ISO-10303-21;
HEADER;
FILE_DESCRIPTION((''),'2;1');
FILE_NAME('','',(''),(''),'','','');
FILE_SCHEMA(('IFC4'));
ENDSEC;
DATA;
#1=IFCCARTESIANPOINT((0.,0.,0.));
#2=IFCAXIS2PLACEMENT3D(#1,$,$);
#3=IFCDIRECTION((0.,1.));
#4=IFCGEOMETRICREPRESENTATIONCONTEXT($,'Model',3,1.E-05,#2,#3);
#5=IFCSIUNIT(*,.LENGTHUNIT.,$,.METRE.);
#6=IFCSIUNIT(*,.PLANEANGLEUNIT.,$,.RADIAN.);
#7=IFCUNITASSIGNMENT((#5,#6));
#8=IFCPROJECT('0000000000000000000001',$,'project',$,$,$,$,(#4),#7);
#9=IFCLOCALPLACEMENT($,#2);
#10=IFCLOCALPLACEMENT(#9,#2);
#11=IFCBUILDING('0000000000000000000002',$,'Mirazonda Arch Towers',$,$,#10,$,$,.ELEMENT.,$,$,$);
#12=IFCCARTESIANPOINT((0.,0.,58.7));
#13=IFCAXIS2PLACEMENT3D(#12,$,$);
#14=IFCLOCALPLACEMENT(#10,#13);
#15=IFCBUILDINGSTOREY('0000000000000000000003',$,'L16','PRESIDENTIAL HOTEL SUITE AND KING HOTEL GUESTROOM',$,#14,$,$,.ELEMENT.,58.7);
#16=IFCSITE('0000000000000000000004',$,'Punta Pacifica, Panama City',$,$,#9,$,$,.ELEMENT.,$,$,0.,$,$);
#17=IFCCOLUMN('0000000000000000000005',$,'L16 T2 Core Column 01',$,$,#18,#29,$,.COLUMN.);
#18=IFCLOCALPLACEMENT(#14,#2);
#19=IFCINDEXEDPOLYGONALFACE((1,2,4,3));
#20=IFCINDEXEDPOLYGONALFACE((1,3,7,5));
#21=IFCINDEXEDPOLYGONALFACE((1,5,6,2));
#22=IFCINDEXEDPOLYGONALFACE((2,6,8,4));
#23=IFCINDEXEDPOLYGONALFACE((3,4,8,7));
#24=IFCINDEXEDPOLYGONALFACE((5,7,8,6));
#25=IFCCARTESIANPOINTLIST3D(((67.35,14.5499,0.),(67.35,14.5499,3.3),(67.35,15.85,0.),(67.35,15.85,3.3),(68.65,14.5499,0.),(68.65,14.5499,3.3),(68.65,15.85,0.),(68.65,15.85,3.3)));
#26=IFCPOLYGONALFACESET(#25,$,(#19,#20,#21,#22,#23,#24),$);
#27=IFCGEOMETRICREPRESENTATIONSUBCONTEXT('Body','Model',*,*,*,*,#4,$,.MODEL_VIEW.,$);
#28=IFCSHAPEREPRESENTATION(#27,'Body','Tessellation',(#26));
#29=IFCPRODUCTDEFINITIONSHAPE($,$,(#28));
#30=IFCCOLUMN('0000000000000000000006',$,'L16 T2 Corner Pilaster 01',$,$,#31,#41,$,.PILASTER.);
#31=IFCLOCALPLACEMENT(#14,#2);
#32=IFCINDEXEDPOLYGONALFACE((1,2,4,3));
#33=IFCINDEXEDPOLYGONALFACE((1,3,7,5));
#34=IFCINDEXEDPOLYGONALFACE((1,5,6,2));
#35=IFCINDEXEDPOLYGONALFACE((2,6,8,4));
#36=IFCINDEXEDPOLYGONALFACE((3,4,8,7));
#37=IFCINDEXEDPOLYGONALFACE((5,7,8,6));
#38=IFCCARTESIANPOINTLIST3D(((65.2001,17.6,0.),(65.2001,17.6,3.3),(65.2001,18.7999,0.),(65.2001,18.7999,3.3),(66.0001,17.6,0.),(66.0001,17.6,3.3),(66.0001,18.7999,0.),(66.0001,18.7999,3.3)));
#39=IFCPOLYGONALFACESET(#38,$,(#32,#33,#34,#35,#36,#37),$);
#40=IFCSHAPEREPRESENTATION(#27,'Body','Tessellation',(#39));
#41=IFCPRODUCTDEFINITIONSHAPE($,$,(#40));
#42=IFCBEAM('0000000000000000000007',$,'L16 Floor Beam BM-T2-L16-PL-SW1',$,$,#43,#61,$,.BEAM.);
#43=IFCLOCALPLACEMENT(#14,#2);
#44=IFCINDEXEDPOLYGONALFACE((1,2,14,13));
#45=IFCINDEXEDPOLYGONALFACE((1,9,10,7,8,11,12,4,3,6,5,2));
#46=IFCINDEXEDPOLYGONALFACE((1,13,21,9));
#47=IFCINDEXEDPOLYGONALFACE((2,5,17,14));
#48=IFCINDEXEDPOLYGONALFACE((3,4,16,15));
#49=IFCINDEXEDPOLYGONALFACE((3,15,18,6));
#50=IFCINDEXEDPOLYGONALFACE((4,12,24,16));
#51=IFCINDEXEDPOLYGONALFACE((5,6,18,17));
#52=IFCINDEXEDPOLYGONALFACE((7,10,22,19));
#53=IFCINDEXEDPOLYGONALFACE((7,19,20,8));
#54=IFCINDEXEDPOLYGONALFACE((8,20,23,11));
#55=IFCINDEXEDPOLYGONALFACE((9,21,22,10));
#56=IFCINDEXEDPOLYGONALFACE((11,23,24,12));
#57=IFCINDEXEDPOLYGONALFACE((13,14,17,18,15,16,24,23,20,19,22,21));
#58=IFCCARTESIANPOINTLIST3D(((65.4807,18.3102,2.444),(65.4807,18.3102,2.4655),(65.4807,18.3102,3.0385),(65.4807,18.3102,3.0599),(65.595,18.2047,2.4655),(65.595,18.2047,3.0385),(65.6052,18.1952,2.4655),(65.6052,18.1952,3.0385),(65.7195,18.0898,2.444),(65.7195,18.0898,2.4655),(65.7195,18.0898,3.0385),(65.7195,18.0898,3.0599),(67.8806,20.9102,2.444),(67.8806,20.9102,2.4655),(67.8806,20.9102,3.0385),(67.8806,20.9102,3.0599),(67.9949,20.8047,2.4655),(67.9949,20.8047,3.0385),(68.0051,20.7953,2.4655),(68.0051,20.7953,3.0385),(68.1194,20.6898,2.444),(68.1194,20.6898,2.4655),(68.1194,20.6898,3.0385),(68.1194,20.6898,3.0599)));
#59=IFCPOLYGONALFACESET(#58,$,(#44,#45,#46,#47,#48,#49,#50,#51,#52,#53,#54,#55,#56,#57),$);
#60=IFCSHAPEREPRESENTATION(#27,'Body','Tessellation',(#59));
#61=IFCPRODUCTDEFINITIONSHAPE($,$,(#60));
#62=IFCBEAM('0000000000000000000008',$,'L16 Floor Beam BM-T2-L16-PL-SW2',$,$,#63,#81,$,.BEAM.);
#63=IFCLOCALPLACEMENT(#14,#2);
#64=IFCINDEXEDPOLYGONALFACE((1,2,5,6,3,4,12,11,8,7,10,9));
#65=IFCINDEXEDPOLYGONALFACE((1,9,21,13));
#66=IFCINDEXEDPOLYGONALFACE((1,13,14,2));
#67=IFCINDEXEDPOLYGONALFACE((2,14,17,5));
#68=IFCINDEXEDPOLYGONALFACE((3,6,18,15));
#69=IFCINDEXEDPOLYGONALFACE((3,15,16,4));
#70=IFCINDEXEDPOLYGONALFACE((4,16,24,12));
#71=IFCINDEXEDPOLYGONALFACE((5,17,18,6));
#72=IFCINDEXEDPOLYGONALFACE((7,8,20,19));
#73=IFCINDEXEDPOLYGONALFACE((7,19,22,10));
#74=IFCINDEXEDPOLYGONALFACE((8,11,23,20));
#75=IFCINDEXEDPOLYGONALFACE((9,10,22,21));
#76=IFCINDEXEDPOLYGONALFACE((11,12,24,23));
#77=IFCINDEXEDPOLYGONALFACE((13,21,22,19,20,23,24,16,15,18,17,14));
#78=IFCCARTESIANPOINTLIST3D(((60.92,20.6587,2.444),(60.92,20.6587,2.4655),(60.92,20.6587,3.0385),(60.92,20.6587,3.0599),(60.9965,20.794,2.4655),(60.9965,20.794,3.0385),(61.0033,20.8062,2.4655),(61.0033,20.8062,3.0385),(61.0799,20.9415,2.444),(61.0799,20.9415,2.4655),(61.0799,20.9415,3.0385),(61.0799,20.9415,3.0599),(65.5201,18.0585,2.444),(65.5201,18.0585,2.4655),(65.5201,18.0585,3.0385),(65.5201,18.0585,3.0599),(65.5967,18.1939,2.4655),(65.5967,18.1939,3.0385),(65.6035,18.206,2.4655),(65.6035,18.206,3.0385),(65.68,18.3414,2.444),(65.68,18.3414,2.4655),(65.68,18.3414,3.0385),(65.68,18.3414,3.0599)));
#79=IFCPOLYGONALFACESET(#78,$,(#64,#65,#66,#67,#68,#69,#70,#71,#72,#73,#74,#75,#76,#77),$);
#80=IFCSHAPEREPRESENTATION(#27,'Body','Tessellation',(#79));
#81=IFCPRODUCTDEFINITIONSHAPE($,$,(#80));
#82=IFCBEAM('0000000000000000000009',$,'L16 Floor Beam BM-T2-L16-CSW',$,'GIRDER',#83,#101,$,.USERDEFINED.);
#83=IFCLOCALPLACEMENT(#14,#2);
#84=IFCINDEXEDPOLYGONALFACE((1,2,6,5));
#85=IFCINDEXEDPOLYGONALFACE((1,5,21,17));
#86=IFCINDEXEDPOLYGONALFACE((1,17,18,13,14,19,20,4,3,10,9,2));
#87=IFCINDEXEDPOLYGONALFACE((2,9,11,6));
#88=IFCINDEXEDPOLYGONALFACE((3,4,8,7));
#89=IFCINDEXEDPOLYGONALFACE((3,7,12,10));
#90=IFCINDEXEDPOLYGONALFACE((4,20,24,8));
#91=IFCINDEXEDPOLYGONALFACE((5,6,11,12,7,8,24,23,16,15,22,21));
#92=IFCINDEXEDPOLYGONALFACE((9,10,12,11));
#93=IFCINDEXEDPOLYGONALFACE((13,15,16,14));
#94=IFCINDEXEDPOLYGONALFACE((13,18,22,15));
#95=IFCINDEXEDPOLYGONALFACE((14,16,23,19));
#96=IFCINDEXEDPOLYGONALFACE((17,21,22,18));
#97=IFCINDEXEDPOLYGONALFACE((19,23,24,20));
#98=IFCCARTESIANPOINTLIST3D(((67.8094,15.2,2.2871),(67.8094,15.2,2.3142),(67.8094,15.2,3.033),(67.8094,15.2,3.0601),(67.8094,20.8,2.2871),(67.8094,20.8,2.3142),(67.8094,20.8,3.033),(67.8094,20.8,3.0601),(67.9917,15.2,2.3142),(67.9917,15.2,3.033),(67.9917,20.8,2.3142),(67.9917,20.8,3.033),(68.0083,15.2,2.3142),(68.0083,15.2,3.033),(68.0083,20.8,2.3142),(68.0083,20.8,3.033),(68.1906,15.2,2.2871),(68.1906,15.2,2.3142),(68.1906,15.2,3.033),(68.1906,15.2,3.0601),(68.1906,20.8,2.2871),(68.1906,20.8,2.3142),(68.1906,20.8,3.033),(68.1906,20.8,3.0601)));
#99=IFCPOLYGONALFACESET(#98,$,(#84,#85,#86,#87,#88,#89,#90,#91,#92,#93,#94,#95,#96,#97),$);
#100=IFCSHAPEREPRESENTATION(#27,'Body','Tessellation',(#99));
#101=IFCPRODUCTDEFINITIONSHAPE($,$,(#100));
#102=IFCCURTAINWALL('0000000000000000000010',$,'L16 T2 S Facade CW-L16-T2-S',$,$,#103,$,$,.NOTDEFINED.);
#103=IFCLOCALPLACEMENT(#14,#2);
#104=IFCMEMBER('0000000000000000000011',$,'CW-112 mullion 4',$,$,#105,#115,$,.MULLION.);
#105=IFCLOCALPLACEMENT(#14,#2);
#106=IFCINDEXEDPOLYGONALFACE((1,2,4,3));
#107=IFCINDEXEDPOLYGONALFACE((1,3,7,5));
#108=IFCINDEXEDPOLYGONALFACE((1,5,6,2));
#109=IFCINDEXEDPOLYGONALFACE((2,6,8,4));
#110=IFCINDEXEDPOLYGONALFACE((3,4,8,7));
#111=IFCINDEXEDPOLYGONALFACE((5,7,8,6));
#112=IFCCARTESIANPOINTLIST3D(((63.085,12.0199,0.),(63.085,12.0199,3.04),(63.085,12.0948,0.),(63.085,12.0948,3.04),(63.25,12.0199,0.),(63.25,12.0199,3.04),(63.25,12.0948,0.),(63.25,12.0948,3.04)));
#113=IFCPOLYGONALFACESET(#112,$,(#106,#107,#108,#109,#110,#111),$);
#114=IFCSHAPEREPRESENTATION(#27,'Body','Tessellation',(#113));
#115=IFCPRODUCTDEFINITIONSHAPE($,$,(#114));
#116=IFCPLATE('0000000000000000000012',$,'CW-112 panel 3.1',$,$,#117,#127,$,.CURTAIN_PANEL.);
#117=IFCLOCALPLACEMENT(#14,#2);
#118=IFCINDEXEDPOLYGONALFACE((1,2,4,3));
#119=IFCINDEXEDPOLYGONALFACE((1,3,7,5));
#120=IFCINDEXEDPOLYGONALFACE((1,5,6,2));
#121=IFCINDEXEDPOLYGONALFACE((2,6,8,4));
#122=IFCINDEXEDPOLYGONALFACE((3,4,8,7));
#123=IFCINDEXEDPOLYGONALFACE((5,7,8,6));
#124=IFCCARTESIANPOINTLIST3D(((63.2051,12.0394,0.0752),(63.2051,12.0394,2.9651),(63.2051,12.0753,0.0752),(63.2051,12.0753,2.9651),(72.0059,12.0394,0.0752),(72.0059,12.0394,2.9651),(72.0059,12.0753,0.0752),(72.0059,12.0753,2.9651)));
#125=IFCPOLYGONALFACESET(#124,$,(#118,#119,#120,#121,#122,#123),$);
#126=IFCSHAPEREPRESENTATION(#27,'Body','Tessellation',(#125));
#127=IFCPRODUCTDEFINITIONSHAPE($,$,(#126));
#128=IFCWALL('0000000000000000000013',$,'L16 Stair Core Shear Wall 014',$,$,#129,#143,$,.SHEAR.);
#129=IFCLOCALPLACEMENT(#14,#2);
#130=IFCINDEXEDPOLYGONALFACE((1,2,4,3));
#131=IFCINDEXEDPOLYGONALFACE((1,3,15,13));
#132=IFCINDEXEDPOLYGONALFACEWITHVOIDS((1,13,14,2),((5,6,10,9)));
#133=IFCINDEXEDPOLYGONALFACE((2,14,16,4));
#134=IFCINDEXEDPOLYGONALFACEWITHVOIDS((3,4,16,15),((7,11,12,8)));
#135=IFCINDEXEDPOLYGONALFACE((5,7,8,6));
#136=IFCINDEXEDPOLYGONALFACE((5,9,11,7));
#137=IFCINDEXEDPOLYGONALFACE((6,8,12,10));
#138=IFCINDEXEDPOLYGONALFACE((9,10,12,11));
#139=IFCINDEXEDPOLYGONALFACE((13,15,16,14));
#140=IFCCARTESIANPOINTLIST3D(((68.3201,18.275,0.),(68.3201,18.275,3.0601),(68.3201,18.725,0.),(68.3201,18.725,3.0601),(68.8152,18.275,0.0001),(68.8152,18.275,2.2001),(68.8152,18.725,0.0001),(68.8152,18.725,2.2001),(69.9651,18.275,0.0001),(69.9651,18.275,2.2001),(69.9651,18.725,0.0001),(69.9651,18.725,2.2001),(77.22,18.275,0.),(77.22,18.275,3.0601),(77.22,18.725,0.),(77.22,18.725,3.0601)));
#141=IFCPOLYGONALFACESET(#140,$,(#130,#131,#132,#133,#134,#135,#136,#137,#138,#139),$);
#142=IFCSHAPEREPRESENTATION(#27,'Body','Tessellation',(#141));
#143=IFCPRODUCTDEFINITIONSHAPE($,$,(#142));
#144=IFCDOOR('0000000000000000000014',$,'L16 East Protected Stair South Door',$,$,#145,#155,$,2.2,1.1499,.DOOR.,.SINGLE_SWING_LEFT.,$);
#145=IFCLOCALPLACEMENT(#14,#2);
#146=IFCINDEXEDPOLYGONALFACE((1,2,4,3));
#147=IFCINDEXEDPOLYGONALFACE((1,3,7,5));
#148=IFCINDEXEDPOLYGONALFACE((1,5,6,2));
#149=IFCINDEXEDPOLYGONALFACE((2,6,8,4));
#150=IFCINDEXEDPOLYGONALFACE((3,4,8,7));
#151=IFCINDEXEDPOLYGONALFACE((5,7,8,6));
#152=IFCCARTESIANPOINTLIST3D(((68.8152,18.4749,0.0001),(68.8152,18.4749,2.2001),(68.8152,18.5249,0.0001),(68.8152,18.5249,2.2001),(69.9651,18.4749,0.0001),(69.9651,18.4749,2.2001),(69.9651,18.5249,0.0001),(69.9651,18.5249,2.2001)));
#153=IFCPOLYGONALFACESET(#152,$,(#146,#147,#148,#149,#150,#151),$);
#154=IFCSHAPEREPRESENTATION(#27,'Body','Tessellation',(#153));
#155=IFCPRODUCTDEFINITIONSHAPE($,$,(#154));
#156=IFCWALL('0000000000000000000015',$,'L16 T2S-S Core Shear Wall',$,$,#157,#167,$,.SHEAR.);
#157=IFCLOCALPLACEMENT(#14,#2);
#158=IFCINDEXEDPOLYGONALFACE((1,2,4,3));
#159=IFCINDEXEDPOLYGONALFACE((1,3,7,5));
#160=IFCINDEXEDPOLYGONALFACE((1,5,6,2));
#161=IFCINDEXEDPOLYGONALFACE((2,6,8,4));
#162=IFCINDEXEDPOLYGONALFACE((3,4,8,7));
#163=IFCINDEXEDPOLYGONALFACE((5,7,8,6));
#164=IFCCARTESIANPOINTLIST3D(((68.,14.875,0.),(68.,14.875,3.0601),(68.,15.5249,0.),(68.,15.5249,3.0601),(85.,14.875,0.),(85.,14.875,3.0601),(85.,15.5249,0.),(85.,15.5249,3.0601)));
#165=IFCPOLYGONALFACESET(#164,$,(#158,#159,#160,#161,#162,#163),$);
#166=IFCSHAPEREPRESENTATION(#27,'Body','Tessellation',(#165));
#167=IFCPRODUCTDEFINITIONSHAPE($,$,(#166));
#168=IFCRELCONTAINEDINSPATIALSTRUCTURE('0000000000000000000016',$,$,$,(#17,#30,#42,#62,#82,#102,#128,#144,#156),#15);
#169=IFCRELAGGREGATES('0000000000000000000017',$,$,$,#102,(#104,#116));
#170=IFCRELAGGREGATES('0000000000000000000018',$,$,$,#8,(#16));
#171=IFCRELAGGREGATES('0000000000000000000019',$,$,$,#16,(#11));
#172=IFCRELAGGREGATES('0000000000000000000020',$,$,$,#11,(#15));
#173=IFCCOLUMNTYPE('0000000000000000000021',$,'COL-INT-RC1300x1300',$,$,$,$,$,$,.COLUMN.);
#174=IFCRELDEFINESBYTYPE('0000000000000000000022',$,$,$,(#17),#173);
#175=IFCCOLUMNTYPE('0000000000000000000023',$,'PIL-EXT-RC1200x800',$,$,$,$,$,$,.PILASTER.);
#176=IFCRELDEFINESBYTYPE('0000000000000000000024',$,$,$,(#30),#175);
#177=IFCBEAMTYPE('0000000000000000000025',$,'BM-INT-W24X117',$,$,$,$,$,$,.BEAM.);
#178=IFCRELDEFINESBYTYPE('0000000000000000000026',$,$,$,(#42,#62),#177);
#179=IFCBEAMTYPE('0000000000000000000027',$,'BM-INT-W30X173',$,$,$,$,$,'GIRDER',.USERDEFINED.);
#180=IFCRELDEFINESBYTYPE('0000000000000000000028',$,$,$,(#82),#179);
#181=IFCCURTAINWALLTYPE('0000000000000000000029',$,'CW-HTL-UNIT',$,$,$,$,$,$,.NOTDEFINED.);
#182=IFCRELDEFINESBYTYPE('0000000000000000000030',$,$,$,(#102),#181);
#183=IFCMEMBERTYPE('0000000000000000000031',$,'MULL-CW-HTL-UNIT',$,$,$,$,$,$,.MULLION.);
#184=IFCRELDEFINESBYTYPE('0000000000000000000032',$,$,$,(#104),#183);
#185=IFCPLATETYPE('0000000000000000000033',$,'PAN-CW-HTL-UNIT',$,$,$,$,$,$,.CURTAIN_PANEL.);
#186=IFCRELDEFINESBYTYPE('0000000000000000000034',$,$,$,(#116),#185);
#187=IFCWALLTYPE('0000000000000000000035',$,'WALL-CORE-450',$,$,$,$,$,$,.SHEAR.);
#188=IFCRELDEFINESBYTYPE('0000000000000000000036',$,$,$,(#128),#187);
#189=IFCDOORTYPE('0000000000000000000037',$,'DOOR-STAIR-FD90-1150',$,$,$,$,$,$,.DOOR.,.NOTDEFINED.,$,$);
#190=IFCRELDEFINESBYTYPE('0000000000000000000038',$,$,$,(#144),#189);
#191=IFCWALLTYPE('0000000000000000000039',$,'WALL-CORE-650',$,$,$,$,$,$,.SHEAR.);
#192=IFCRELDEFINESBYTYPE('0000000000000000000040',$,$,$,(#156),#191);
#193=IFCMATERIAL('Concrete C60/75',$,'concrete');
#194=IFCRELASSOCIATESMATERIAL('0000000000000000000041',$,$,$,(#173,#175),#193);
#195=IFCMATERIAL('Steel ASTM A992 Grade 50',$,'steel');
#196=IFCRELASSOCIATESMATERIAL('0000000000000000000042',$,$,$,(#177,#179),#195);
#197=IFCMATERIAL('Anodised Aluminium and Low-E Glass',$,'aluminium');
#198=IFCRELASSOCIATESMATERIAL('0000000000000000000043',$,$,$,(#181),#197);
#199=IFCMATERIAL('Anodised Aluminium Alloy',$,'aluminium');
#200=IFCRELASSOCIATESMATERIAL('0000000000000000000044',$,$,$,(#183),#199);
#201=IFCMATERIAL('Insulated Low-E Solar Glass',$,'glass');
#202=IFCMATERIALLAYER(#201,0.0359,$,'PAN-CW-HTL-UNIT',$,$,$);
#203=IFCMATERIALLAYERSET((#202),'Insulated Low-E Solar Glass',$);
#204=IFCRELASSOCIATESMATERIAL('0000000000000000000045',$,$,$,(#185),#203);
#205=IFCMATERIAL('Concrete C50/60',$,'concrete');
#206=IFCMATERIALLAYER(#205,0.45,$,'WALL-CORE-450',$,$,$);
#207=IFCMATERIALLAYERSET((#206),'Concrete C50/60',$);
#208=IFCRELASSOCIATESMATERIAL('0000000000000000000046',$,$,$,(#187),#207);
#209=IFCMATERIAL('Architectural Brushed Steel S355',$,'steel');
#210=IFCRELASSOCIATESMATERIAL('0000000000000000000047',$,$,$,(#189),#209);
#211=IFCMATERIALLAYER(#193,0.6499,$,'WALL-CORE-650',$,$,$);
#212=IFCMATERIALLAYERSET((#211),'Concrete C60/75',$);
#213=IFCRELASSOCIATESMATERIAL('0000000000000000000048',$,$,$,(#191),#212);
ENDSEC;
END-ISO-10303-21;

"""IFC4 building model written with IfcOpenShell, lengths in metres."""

from ifc_helpers import new_model, si_unit, direction, frame, frame_2d, origin, origin_2d, place, context, subcontext, project, spatial, rectangle, i_section, extrude, material, layer, layer_set, material_profile, profile_set, type_object, element, fill, aggregate, save


model = new_model("IFC4")

# Units and contexts
model_context = context("Model", 3, precision=1e-05, world=origin(), true_north=direction((0.0, 1.0)))
body_context = subcontext(model_context, "Body", "Model", "MODEL_VIEW")
ifc_project = project(units=[si_unit("LENGTHUNIT", "METRE"), si_unit("PLANEANGLEUNIT", "RADIAN")], contexts=[model_context])

# Site, building, storey
site_placement = place(None, origin())
site = spatial("IfcSite", under=ifc_project, at=site_placement, Name="Punta Pacifica, Panama City", CompositionType="ELEMENT", RefElevation=0.0)
building_placement = place(site_placement, origin())
building = spatial("IfcBuilding", under=site, at=building_placement, Name="Mirazonda Arch Towers", CompositionType="ELEMENT")
storey_placement = place(building_placement, frame((0.0, 0.0, 58.7)))
storey = spatial("IfcBuildingStorey", under=building, at=storey_placement, Name="L16", Description="PRESIDENTIAL HOTEL SUITE AND KING HOTEL GUESTROOM", CompositionType="ELEMENT", Elevation=58.7)

# Columns
ifc_material_1 = material(Name="Concrete C60/75", Category="concrete")
ifc_material_profile_1 = material_profile(ifc_material_1, rectangle(XDim=1.3, YDim=1.3, at=origin_2d()), Name="RC1300x1300")
ifc_profile_set_1 = profile_set([ifc_material_profile_1], Name="Concrete C60/75")
column_type_1 = type_object("IfcColumnType", Name="COL-INT-RC1300x1300", PredefinedType="COLUMN", material=ifc_profile_set_1)
column_1_placement = place(storey_placement, frame((68.0, 15.2, 0.0), z_axis=(0.0, 0.0, 1.0), x_axis=(1.0, 0.0, 0.0)))
element("IfcColumn", 1, at=column_1_placement, inside=storey, type_object=column_type_1, Name="L16 T2 Core Column 01", PredefinedType="COLUMN", context=body_context, shape_type="SweptSolid", body=[
    extrude(rectangle(XDim=1.3, YDim=1.3, at=origin_2d()), origin(), (0.0, 0.0, 1.0), 3.3),
])
ifc_material_profile_2 = material_profile(ifc_material_1, rectangle(XDim=0.8, YDim=1.2, at=origin_2d()), Name="RC1200x800")
ifc_profile_set_2 = profile_set([ifc_material_profile_2], Name="Concrete C60/75")
column_type_2 = type_object("IfcColumnType", Name="PIL-EXT-RC1200x800", PredefinedType="PILASTER", material=ifc_profile_set_2)
column_2_placement = place(storey_placement, frame((65.6001, 18.2, 0.0), z_axis=(0.0, 0.0, 1.0), x_axis=(1.0, 0.0, 0.0)))
element("IfcColumn", 2, at=column_2_placement, inside=storey, type_object=column_type_2, Name="L16 T2 Corner Pilaster 01", PredefinedType="PILASTER", context=body_context, shape_type="SweptSolid", body=[
    extrude(rectangle(XDim=0.8, YDim=1.2, at=origin_2d()), origin(), (0.0, 0.0, 1.0), 3.3),
])

# Beams
ifc_material_2 = material(Name="Steel ASTM A992 Grade 50", Category="steel")
ifc_material_profile_3 = material_profile(ifc_material_2, i_section(OverallWidth=0.325, OverallDepth=0.616, WebThickness=0.0139, FlangeThickness=0.0215, at=origin_2d()), Name="W24X117")
ifc_profile_set_3 = profile_set([ifc_material_profile_3], Name="Steel ASTM A992 Grade 50")
beam_type_1 = type_object("IfcBeamType", Name="BM-INT-W24X117", PredefinedType="BEAM", material=ifc_profile_set_3)
beam_1_placement = place(storey_placement, frame((65.6001, 18.2, 2.752), z_axis=(0.678251, 0.73483, 0.0), x_axis=(-0.73483, 0.678251, 0.0)))
element("IfcBeam", 3, at=beam_1_placement, inside=storey, type_object=beam_type_1, Name="L16 Floor Beam BM-T2-L16-PL-SW1", PredefinedType="BEAM", context=body_context, shape_type="SweptSolid", body=[
    extrude(i_section(OverallWidth=0.325, OverallDepth=0.616, WebThickness=0.0139, FlangeThickness=0.0215, at=origin_2d()), origin(), (0.0, 0.0, 1.0), 3.5383),
])
beam_2_placement = place(storey_placement, frame((65.6001, 18.2, 2.752), z_axis=(-0.870559, 0.492063, 0.0), x_axis=(-0.492063, -0.870559, 0.0)))
element("IfcBeam", 4, at=beam_2_placement, inside=storey, type_object=beam_type_1, Name="L16 Floor Beam BM-T2-L16-PL-SW2", PredefinedType="BEAM", context=body_context, shape_type="SweptSolid", body=[
    extrude(i_section(OverallWidth=0.325, OverallDepth=0.616, WebThickness=0.0139, FlangeThickness=0.0215, at=origin_2d()), origin(), (0.0, 0.0, 1.0), 5.2842),
])
ifc_material_profile_4 = material_profile(ifc_material_2, i_section(OverallWidth=0.3811, OverallDepth=0.7729, WebThickness=0.0166, FlangeThickness=0.0271, at=origin_2d()), Name="W30X173")
ifc_profile_set_4 = profile_set([ifc_material_profile_4], Name="Steel ASTM A992 Grade 50")
beam_type_2 = type_object("IfcBeamType", Name="BM-INT-W30X173", ElementType="GIRDER", PredefinedType="USERDEFINED", material=ifc_profile_set_4)
beam_3_placement = place(storey_placement, frame((68.0, 15.2, 2.6736), z_axis=(0.0, 1.0, 0.0), x_axis=(-1.0, 0.0, 0.0)))
element("IfcBeam", 5, at=beam_3_placement, inside=storey, type_object=beam_type_2, Name="L16 Floor Beam BM-T2-L16-CSW", ObjectType="GIRDER", PredefinedType="USERDEFINED", context=body_context, shape_type="SweptSolid", body=[
    extrude(i_section(OverallWidth=0.3811, OverallDepth=0.7729, WebThickness=0.0166, FlangeThickness=0.0271, at=origin_2d()), origin(), (0.0, 0.0, 1.0), 5.6001),
])

# Curtain wall, member, plate
ifc_material_3 = material(Name="Anodised Aluminium and Low-E Glass", Category="aluminium")
curtain_wall_type = type_object("IfcCurtainWallType", Name="CW-HTL-UNIT", PredefinedType="NOTDEFINED", material=ifc_material_3)
curtain_wall_placement = place(storey_placement, origin())
curtain_wall = element("IfcCurtainWall", 6, at=curtain_wall_placement, inside=storey, type_object=curtain_wall_type, Name="L16 T2 S Facade CW-L16-T2-S", PredefinedType="NOTDEFINED")
ifc_material_4 = material(Name="Anodised Aluminium Alloy", Category="aluminium")
ifc_material_profile_5 = material_profile(ifc_material_4, rectangle(XDim=0.075, YDim=0.165, at=origin_2d()), Name="ALU-MULL-75x165")
ifc_profile_set_5 = profile_set([ifc_material_profile_5], Name="Anodised Aluminium Alloy")
member_type = type_object("IfcMemberType", Name="MULL-CW-HTL-UNIT", PredefinedType="MULLION", material=ifc_profile_set_5)
member_placement = place(storey_placement, frame((63.1675, 12.0574, 0.0), z_axis=(0.0, 0.0, 1.0), x_axis=(0.0, -1.0, 0.0)))
member = element("IfcMember", 7, at=member_placement, type_object=member_type, Name="CW-112 mullion 4", PredefinedType="MULLION", context=body_context, shape_type="SweptSolid", body=[
    extrude(rectangle(XDim=0.075, YDim=0.165, at=origin_2d()), origin(), (0.0, 0.0, 1.0), 3.04),
])
ifc_material_5 = material(Name="Insulated Low-E Solar Glass", Category="glass")
ifc_layer_1 = layer(ifc_material_5, 0.0359, Name="PAN-CW-HTL-UNIT")
ifc_layer_set_1 = layer_set([ifc_layer_1], Name="Insulated Low-E Solar Glass")
plate_type = type_object("IfcPlateType", Name="PAN-CW-HTL-UNIT", PredefinedType="CURTAIN_PANEL", material=ifc_layer_set_1)
plate_placement = place(storey_placement, frame((67.6055, 12.0574, 0.0752), z_axis=(0.0, 0.0, 1.0), x_axis=(-1.0, 0.0, 0.0)))
plate = element("IfcPlate", 8, at=plate_placement, type_object=plate_type, Name="CW-112 panel 3.1", PredefinedType="CURTAIN_PANEL", context=body_context, shape_type="SweptSolid", body=[
    extrude(rectangle(XDim=8.8008, YDim=0.0359, at=origin_2d()), origin(), (0.0, 0.0, 1.0), 2.8899),
])
aggregate(curtain_wall, [member, plate])

# Wall, opening, door
ifc_material_6 = material(Name="Concrete C50/60", Category="concrete")
ifc_layer_2 = layer(ifc_material_6, 0.45, Name="WALL-CORE-450")
ifc_layer_set_2 = layer_set([ifc_layer_2], Name="Concrete C50/60")
wall_type_1 = type_object("IfcWallType", Name="WALL-CORE-450", PredefinedType="SHEAR", material=ifc_layer_set_2)
wall_1_placement = place(storey_placement, frame((68.3201, 18.5, 0.0), z_axis=(0.0, 0.0, 1.0), x_axis=(1.0, 0.0, 0.0)))
wall_1 = element("IfcWall", 9, at=wall_1_placement, inside=storey, type_object=wall_type_1, Name="L16 Stair Core Shear Wall 014", PredefinedType="SHEAR", context=body_context, shape_type="SweptSolid", body=[
    extrude(rectangle(XDim=8.8999, YDim=0.45, at=frame_2d((4.45, 0.0))), origin(), (0.0, 0.0, 1.0), 3.0601),
])
opening_placement = place(wall_1_placement, frame((0.4951, 0.0, 0.0)))
opening = element("IfcOpeningElement", 10, at=opening_placement, cuts=wall_1, PredefinedType="OPENING", context=body_context, shape_type="SweptSolid", body=[
    extrude(rectangle(XDim=1.1499, YDim=2.2, at=frame_2d((0.575, 1.1001))), frame((0.0, 0.2349, 0.0), z_axis=(0.0, -1.0, 0.0), x_axis=(1.0, 0.0, 0.0)), (0.0, 0.0, 1.0), 0.47),
])
ifc_material_7 = material(Name="Architectural Brushed Steel S355", Category="steel")
door_type = type_object("IfcDoorType", Name="DOOR-STAIR-FD90-1150", OperationType="NOTDEFINED", PredefinedType="DOOR", material=ifc_material_7)
door_placement = place(opening_placement, origin())
door = element("IfcDoor", 11, at=door_placement, inside=storey, type_object=door_type, Name="L16 East Protected Stair South Door", OperationType="SINGLE_SWING_LEFT", OverallHeight=2.2, OverallWidth=1.1499, PredefinedType="DOOR", context=body_context, shape_type="SweptSolid", body=[
    extrude(rectangle(XDim=1.1499, YDim=2.2, at=frame_2d((0.575, 1.1001))), frame((0.0, 0.0249, 0.0), z_axis=(0.0, -1.0, 0.0), x_axis=(1.0, 0.0, 0.0)), (0.0, 0.0, 1.0), 0.05),
])
fill(opening, door)

# Wall
ifc_layer_3 = layer(ifc_material_1, 0.6499, Name="WALL-CORE-650")
ifc_layer_set_3 = layer_set([ifc_layer_3], Name="Concrete C60/75")
wall_type_2 = type_object("IfcWallType", Name="WALL-CORE-650", PredefinedType="SHEAR", material=ifc_layer_set_3)
wall_2_placement = place(storey_placement, frame((68.0, 15.2, 0.0), z_axis=(0.0, 0.0, 1.0), x_axis=(1.0, 0.0, 0.0)))
element("IfcWall", 12, at=wall_2_placement, inside=storey, type_object=wall_type_2, Name="L16 T2S-S Core Shear Wall", PredefinedType="SHEAR", context=body_context, shape_type="SweptSolid", body=[
    extrude(rectangle(XDim=17.0, YDim=0.6499, at=frame_2d((8.5, 0.0))), origin(), (0.0, 0.0, 1.0), 3.0601),
])

save(model, "model.ifc")
